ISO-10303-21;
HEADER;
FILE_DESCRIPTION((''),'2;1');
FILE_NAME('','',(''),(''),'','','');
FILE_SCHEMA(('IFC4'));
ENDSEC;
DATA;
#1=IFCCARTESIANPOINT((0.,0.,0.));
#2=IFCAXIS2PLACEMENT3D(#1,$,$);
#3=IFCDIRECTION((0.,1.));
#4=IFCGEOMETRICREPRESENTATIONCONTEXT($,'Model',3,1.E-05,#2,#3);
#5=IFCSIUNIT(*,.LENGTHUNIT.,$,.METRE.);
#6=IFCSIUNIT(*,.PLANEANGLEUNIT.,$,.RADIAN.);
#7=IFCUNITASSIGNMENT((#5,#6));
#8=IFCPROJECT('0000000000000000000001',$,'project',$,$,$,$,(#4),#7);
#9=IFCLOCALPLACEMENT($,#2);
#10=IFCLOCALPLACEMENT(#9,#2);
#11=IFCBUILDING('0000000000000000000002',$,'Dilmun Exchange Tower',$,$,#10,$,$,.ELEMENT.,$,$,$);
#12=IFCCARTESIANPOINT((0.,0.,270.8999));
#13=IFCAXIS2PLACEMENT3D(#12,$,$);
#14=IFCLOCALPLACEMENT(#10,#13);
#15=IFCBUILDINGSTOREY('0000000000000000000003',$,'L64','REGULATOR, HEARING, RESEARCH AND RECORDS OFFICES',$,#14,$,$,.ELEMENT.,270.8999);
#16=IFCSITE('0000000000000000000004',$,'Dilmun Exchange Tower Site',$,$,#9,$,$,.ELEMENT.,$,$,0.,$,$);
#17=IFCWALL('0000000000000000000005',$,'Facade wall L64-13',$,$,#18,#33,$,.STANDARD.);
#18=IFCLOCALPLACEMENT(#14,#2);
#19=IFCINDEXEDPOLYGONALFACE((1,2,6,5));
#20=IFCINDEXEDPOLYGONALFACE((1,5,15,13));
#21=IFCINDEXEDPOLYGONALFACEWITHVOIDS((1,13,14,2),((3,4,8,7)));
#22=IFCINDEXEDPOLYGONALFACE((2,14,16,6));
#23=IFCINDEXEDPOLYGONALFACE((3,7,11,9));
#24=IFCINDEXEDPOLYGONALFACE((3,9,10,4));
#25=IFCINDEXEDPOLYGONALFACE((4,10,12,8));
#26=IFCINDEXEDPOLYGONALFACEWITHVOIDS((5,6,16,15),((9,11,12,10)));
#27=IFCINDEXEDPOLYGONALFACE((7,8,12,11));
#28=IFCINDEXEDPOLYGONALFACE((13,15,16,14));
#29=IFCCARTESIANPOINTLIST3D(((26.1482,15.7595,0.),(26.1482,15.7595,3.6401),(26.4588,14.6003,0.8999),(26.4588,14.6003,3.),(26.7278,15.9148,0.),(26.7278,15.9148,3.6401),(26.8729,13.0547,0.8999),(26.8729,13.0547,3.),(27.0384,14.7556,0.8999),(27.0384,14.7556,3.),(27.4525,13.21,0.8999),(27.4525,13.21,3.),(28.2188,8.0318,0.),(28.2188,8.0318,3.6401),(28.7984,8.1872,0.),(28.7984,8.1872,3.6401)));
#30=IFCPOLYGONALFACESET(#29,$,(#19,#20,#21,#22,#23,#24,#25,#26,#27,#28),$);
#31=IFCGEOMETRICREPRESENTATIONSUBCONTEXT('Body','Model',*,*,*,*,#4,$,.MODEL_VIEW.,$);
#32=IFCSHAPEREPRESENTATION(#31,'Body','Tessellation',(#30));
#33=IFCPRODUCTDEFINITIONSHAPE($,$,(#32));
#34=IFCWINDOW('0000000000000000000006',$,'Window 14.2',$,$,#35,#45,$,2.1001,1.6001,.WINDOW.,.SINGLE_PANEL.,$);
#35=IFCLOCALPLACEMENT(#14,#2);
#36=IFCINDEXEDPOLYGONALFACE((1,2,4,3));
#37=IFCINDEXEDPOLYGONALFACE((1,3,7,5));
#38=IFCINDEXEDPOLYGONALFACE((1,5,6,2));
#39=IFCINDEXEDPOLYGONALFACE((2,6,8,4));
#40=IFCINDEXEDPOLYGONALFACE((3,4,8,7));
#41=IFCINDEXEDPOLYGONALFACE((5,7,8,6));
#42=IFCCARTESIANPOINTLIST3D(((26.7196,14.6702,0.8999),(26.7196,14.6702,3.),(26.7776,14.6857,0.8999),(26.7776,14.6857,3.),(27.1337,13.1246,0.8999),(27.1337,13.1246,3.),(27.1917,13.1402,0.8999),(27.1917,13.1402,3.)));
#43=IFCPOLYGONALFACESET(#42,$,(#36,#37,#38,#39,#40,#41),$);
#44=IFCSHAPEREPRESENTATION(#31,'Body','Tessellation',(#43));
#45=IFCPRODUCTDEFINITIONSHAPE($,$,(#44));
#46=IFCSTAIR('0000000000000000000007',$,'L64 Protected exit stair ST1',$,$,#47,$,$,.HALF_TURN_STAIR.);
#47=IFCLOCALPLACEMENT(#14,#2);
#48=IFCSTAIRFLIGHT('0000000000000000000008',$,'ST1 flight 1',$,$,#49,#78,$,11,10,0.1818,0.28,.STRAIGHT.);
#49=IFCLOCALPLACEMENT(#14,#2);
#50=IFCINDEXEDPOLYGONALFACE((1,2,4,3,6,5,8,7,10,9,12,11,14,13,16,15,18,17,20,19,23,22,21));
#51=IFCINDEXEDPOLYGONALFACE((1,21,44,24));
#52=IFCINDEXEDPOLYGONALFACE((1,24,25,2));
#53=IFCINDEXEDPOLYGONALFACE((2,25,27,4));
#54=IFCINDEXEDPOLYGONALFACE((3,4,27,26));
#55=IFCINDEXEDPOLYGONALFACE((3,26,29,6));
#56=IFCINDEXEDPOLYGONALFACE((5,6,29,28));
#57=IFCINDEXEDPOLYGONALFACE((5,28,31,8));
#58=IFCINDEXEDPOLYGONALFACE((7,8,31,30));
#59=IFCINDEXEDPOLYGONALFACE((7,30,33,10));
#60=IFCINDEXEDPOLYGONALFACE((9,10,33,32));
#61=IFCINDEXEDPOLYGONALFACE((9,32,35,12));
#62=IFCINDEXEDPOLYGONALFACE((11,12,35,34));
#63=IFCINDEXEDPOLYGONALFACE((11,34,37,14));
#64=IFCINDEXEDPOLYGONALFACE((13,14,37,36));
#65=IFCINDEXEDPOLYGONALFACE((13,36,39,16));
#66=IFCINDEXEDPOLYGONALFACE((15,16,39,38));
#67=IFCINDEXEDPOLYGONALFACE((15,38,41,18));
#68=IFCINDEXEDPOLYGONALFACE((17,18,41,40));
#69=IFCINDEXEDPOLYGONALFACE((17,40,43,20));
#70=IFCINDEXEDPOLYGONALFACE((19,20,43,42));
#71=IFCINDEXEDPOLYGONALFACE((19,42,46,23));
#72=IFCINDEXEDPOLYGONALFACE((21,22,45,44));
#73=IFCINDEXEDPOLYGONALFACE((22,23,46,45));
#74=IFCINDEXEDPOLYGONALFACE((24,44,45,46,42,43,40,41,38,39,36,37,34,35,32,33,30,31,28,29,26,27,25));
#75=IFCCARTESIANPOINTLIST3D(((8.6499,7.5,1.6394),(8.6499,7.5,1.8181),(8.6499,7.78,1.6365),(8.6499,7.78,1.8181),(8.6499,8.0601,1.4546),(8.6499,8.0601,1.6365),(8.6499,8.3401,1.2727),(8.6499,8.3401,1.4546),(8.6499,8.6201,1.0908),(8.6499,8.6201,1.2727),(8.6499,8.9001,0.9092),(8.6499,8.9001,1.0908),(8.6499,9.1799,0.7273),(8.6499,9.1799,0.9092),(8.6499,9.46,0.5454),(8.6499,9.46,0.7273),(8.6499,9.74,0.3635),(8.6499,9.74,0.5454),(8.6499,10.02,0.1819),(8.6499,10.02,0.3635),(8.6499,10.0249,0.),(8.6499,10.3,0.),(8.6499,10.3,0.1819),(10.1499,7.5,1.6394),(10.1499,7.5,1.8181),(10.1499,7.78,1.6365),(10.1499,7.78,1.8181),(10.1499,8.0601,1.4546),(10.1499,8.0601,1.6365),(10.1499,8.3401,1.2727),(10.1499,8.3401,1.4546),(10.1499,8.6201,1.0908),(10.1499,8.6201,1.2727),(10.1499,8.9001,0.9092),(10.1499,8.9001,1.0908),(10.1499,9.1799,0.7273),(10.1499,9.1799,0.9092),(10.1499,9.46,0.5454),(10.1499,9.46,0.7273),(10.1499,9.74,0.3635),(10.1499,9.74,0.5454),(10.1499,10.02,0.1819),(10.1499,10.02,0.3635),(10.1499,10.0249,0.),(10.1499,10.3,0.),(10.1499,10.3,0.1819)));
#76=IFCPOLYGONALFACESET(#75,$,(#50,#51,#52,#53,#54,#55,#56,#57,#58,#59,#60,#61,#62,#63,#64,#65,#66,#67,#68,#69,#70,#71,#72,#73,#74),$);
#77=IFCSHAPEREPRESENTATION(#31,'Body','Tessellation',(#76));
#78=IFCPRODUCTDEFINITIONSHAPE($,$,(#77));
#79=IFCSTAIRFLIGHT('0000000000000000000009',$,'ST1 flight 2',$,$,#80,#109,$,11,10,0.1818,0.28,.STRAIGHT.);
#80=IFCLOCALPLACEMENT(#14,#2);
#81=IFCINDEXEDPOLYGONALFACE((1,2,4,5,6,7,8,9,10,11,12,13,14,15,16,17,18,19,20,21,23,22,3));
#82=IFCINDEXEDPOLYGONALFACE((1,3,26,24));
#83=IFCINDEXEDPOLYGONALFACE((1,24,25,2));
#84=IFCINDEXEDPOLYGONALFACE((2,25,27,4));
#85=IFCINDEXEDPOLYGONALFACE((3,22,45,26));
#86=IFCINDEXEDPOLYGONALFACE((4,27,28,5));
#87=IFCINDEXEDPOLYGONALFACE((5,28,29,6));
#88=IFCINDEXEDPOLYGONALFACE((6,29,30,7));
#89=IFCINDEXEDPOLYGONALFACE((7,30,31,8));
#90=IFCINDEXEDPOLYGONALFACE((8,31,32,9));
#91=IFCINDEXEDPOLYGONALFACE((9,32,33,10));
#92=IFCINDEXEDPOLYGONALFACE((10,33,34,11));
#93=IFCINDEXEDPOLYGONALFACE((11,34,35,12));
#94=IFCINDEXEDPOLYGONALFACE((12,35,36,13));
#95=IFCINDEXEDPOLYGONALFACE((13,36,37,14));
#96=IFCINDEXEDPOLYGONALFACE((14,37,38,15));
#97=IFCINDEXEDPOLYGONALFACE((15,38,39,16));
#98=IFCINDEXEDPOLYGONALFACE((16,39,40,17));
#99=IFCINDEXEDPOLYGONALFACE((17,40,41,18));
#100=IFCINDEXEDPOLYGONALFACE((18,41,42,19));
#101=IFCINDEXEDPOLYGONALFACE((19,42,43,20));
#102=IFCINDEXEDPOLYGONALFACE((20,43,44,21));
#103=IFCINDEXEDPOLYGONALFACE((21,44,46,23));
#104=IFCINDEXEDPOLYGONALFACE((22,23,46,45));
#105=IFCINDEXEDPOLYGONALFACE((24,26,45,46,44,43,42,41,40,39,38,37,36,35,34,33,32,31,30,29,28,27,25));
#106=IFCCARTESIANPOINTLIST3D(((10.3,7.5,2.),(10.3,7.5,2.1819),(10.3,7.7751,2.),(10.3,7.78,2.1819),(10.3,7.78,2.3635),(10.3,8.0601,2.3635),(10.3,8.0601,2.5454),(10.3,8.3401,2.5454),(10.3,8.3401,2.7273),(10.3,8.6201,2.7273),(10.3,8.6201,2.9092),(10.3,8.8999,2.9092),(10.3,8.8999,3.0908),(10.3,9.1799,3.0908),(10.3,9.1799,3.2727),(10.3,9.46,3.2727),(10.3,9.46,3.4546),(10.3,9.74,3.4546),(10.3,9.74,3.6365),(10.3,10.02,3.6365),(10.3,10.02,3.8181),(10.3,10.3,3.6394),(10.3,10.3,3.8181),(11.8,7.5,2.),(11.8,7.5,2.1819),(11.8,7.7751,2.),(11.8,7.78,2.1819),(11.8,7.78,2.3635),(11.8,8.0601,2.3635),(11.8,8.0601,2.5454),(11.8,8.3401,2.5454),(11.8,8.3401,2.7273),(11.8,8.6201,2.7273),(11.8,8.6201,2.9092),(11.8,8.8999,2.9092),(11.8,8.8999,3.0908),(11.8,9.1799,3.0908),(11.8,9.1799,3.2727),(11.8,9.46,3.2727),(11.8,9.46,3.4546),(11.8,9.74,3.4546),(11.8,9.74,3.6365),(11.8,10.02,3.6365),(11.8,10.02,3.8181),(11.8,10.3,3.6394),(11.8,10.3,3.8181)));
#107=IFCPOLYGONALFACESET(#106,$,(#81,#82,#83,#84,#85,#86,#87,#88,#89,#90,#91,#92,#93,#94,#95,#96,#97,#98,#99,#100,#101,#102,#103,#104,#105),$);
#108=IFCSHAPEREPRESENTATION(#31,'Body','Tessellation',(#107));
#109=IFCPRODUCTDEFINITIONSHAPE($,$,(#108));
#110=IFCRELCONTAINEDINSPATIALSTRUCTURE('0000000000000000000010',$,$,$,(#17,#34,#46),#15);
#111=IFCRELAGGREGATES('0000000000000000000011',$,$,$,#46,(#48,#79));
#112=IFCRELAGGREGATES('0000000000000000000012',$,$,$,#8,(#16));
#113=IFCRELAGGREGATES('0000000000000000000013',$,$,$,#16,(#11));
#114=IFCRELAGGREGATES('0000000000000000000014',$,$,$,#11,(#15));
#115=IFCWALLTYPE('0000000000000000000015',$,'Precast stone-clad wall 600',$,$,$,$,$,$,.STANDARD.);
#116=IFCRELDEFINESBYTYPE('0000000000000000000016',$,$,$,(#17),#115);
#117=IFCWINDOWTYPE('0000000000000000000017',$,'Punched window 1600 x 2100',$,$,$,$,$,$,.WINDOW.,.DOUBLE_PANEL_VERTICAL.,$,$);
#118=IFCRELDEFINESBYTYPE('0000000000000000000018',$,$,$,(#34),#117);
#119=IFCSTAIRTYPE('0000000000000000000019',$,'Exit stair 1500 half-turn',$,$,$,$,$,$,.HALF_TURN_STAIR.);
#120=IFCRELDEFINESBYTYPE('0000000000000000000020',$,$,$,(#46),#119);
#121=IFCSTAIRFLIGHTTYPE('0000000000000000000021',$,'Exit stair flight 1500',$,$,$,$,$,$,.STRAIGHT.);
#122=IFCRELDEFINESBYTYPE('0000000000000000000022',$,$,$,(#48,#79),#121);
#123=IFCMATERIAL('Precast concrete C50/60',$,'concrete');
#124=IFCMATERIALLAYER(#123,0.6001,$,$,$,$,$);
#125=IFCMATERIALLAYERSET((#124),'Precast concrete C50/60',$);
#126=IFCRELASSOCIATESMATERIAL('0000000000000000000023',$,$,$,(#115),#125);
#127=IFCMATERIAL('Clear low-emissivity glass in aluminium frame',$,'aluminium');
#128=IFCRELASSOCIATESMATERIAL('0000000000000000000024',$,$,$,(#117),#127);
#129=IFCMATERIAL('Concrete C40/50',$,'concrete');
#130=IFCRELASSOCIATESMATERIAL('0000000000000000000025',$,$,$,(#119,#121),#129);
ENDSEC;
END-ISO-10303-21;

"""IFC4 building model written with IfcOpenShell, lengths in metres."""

from ifc_helpers import new_model, si_unit, direction, frame, frame_2d, origin, place, context, subcontext, project, spatial, polyline, rectangle, outline, extrude, material, layer, layer_set, type_object, element, fill, aggregate, save


model = new_model("IFC4")

# Units and contexts
model_context = context("Model", 3, precision=1e-05, world=origin(), true_north=direction((0.0, 1.0)))
body_context = subcontext(model_context, "Body", "Model", "MODEL_VIEW")
ifc_project = project(units=[si_unit("LENGTHUNIT", "METRE"), si_unit("PLANEANGLEUNIT", "RADIAN")], contexts=[model_context])

# Site, building, storey
site_placement = place(None, origin())
site = spatial("IfcSite", under=ifc_project, at=site_placement, Name="Dilmun Exchange Tower Site", CompositionType="ELEMENT", RefElevation=0.0)
building_placement = place(site_placement, origin())
building = spatial("IfcBuilding", under=site, at=building_placement, Name="Dilmun Exchange Tower", CompositionType="ELEMENT")
storey_placement = place(building_placement, frame((0.0, 0.0, 270.8999)))
storey = spatial("IfcBuildingStorey", under=building, at=storey_placement, Name="L64", Description="REGULATOR, HEARING, RESEARCH AND RECORDS OFFICES", CompositionType="ELEMENT", Elevation=270.8999)

# Shared definitions
ifc_material_1 = material(Name="Concrete C40/50", Category="concrete")

# Wall, opening, window
ifc_material_2 = material(Name="Precast concrete C50/60", Category="concrete")
ifc_layer_1 = layer(ifc_material_2, 0.6001)
ifc_layer_set_1 = layer_set([ifc_layer_1], Name="Precast concrete C50/60")
wall_type_1 = type_object("IfcWallType", Name="Precast stone-clad wall 600", PredefinedType="STANDARD", material=ifc_layer_set_1)
ifc_material_3 = material(Name="Clear low-emissivity glass in aluminium frame", Category="aluminium")
window_type = type_object("IfcWindowType", Name="Punched window 1600 x 2100", PartitioningType="DOUBLE_PANEL_VERTICAL", PredefinedType="WINDOW", material=ifc_material_3)
wall_1_placement = place(storey_placement, frame((28.5085, 8.1096, 0.0), z_axis=(0.0, 0.0, 1.0), x_axis=(-0.258815, 0.965927, 0.0)))
wall_1 = element("IfcWall", 1, at=wall_1_placement, inside=storey, type_object=wall_type_1, Name="Facade wall L64-13", PredefinedType="STANDARD", context=body_context, shape_type="SweptSolid", body=[
    extrude(rectangle(XDim=8.0002, YDim=0.6001, at=frame_2d((4.0, 0.0))), origin(), (0.0, 0.0, 1.0), 3.6401),
])
opening_1_placement = place(wall_1_placement, frame((5.2, 0.0, 0.8999)))
opening_1 = element("IfcOpeningElement", 2, at=opening_1_placement, cuts=wall_1, PredefinedType="OPENING", context=body_context, shape_type="SweptSolid", body=[
    extrude(rectangle(XDim=1.6001, YDim=2.1001, at=frame_2d((0.8, 1.05))), frame((0.0, 0.3101, 0.0), z_axis=(0.0, -1.0, 0.0), x_axis=(1.0, 0.0, 0.0)), (0.0, 0.0, 1.0), 0.6201),
])
window_1_placement = place(opening_1_placement, origin())
window_1 = element("IfcWindow", 3, at=window_1_placement, inside=storey, type_object=window_type, Name="Window 14.2", OverallHeight=2.1001, OverallWidth=1.6001, PartitioningType="SINGLE_PANEL", PredefinedType="WINDOW", context=body_context, shape_type="SweptSolid", body=[
    extrude(rectangle(XDim=1.6001, YDim=2.1001, at=frame_2d((0.8, 1.05))), frame((0.0, 0.03, 0.0), z_axis=(0.0, -1.0, 0.0), x_axis=(1.0, 0.0, 0.0)), (0.0, 0.0, 1.0), 0.0601),
])
fill(opening_1, window_1)

# Stair, stair flights
stair_type = type_object("IfcStairType", Name="Exit stair 1500 half-turn", PredefinedType="HALF_TURN_STAIR", material=ifc_material_1)
stair_placement = place(storey_placement, origin())
stair = element("IfcStair", 4, at=stair_placement, inside=storey, type_object=stair_type, Name="L64 Protected exit stair ST1", PredefinedType="HALF_TURN_STAIR")
stair_flight_type = type_object("IfcStairFlightType", Name="Exit stair flight 1500", PredefinedType="STRAIGHT", material=ifc_material_1)
stair_flight_1_placement = place(storey_placement, frame((9.3999, 10.3, 0.0), z_axis=(0.0, 0.0, 1.0), x_axis=(0.0, -1.0, 0.0)))
stair_flight_1 = element("IfcStairFlight", 5, at=stair_flight_1_placement, type_object=stair_flight_type, Name="ST1 flight 1", NumberOfRisers=11, NumberOfTreads=10, PredefinedType="STRAIGHT", RiserHeight=0.1818, TreadLength=0.28, context=body_context, shape_type="SweptSolid", body=[
    extrude(outline(polyline([(0.0, 0.0), (0.0, 0.1819), (0.28, 0.1819), (0.28, 0.3635), (0.5601, 0.3635), (0.5601, 0.5454), (0.8401, 0.5454), (0.8401, 0.7273), (1.1201, 0.7273), (1.1201, 0.9092), (1.3999, 0.9092), (1.3999, 1.0908), (1.6799, 1.0908), (1.6799, 1.2727), (1.96, 1.2727), (1.96, 1.4546), (2.24, 1.4546), (2.24, 1.6365), (2.52, 1.6365), (2.52, 1.8181), (2.8, 1.8181), (2.8, 2.0), (2.8, 1.6394), (0.2751, 0.0), (0.0, 0.0)])), frame((0.0, 0.75, 0.0), z_axis=(0.0, -1.0, 0.0), x_axis=(1.0, 0.0, 0.0)), (0.0, 0.0, 1.0), 1.5),
])
stair_flight_2_placement = place(storey_placement, frame((11.05, 7.5, 2.0), z_axis=(0.0, 0.0, 1.0), x_axis=(0.0, 1.0, 0.0)))
stair_flight_2 = element("IfcStairFlight", 6, at=stair_flight_2_placement, type_object=stair_flight_type, Name="ST1 flight 2", NumberOfRisers=11, NumberOfTreads=10, PredefinedType="STRAIGHT", RiserHeight=0.1818, TreadLength=0.28, context=body_context, shape_type="SweptSolid", body=[
    extrude(outline(polyline([(0.0, 0.0), (0.0, 0.1819), (0.28, 0.1819), (0.28, 0.3635), (0.5601, 0.3635), (0.5601, 0.5454), (0.8401, 0.5454), (0.8401, 0.7273), (1.1201, 0.7273), (1.1201, 0.9092), (1.3999, 0.9092), (1.3999, 1.0908), (1.6799, 1.0908), (1.6799, 1.2727), (1.96, 1.2727), (1.96, 1.4546), (2.24, 1.4546), (2.24, 1.6365), (2.52, 1.6365), (2.52, 1.8181), (2.8, 1.8181), (2.8, 2.0), (2.8, 1.6394), (0.2751, 0.0), (0.0, 0.0)])), frame((0.0, 0.75, 0.0), z_axis=(0.0, -1.0, 0.0), x_axis=(1.0, 0.0, 0.0)), (0.0, 0.0, 1.0), 1.5),
])
aggregate(stair, [stair_flight_1, stair_flight_2])

save(model, "model.ifc")
